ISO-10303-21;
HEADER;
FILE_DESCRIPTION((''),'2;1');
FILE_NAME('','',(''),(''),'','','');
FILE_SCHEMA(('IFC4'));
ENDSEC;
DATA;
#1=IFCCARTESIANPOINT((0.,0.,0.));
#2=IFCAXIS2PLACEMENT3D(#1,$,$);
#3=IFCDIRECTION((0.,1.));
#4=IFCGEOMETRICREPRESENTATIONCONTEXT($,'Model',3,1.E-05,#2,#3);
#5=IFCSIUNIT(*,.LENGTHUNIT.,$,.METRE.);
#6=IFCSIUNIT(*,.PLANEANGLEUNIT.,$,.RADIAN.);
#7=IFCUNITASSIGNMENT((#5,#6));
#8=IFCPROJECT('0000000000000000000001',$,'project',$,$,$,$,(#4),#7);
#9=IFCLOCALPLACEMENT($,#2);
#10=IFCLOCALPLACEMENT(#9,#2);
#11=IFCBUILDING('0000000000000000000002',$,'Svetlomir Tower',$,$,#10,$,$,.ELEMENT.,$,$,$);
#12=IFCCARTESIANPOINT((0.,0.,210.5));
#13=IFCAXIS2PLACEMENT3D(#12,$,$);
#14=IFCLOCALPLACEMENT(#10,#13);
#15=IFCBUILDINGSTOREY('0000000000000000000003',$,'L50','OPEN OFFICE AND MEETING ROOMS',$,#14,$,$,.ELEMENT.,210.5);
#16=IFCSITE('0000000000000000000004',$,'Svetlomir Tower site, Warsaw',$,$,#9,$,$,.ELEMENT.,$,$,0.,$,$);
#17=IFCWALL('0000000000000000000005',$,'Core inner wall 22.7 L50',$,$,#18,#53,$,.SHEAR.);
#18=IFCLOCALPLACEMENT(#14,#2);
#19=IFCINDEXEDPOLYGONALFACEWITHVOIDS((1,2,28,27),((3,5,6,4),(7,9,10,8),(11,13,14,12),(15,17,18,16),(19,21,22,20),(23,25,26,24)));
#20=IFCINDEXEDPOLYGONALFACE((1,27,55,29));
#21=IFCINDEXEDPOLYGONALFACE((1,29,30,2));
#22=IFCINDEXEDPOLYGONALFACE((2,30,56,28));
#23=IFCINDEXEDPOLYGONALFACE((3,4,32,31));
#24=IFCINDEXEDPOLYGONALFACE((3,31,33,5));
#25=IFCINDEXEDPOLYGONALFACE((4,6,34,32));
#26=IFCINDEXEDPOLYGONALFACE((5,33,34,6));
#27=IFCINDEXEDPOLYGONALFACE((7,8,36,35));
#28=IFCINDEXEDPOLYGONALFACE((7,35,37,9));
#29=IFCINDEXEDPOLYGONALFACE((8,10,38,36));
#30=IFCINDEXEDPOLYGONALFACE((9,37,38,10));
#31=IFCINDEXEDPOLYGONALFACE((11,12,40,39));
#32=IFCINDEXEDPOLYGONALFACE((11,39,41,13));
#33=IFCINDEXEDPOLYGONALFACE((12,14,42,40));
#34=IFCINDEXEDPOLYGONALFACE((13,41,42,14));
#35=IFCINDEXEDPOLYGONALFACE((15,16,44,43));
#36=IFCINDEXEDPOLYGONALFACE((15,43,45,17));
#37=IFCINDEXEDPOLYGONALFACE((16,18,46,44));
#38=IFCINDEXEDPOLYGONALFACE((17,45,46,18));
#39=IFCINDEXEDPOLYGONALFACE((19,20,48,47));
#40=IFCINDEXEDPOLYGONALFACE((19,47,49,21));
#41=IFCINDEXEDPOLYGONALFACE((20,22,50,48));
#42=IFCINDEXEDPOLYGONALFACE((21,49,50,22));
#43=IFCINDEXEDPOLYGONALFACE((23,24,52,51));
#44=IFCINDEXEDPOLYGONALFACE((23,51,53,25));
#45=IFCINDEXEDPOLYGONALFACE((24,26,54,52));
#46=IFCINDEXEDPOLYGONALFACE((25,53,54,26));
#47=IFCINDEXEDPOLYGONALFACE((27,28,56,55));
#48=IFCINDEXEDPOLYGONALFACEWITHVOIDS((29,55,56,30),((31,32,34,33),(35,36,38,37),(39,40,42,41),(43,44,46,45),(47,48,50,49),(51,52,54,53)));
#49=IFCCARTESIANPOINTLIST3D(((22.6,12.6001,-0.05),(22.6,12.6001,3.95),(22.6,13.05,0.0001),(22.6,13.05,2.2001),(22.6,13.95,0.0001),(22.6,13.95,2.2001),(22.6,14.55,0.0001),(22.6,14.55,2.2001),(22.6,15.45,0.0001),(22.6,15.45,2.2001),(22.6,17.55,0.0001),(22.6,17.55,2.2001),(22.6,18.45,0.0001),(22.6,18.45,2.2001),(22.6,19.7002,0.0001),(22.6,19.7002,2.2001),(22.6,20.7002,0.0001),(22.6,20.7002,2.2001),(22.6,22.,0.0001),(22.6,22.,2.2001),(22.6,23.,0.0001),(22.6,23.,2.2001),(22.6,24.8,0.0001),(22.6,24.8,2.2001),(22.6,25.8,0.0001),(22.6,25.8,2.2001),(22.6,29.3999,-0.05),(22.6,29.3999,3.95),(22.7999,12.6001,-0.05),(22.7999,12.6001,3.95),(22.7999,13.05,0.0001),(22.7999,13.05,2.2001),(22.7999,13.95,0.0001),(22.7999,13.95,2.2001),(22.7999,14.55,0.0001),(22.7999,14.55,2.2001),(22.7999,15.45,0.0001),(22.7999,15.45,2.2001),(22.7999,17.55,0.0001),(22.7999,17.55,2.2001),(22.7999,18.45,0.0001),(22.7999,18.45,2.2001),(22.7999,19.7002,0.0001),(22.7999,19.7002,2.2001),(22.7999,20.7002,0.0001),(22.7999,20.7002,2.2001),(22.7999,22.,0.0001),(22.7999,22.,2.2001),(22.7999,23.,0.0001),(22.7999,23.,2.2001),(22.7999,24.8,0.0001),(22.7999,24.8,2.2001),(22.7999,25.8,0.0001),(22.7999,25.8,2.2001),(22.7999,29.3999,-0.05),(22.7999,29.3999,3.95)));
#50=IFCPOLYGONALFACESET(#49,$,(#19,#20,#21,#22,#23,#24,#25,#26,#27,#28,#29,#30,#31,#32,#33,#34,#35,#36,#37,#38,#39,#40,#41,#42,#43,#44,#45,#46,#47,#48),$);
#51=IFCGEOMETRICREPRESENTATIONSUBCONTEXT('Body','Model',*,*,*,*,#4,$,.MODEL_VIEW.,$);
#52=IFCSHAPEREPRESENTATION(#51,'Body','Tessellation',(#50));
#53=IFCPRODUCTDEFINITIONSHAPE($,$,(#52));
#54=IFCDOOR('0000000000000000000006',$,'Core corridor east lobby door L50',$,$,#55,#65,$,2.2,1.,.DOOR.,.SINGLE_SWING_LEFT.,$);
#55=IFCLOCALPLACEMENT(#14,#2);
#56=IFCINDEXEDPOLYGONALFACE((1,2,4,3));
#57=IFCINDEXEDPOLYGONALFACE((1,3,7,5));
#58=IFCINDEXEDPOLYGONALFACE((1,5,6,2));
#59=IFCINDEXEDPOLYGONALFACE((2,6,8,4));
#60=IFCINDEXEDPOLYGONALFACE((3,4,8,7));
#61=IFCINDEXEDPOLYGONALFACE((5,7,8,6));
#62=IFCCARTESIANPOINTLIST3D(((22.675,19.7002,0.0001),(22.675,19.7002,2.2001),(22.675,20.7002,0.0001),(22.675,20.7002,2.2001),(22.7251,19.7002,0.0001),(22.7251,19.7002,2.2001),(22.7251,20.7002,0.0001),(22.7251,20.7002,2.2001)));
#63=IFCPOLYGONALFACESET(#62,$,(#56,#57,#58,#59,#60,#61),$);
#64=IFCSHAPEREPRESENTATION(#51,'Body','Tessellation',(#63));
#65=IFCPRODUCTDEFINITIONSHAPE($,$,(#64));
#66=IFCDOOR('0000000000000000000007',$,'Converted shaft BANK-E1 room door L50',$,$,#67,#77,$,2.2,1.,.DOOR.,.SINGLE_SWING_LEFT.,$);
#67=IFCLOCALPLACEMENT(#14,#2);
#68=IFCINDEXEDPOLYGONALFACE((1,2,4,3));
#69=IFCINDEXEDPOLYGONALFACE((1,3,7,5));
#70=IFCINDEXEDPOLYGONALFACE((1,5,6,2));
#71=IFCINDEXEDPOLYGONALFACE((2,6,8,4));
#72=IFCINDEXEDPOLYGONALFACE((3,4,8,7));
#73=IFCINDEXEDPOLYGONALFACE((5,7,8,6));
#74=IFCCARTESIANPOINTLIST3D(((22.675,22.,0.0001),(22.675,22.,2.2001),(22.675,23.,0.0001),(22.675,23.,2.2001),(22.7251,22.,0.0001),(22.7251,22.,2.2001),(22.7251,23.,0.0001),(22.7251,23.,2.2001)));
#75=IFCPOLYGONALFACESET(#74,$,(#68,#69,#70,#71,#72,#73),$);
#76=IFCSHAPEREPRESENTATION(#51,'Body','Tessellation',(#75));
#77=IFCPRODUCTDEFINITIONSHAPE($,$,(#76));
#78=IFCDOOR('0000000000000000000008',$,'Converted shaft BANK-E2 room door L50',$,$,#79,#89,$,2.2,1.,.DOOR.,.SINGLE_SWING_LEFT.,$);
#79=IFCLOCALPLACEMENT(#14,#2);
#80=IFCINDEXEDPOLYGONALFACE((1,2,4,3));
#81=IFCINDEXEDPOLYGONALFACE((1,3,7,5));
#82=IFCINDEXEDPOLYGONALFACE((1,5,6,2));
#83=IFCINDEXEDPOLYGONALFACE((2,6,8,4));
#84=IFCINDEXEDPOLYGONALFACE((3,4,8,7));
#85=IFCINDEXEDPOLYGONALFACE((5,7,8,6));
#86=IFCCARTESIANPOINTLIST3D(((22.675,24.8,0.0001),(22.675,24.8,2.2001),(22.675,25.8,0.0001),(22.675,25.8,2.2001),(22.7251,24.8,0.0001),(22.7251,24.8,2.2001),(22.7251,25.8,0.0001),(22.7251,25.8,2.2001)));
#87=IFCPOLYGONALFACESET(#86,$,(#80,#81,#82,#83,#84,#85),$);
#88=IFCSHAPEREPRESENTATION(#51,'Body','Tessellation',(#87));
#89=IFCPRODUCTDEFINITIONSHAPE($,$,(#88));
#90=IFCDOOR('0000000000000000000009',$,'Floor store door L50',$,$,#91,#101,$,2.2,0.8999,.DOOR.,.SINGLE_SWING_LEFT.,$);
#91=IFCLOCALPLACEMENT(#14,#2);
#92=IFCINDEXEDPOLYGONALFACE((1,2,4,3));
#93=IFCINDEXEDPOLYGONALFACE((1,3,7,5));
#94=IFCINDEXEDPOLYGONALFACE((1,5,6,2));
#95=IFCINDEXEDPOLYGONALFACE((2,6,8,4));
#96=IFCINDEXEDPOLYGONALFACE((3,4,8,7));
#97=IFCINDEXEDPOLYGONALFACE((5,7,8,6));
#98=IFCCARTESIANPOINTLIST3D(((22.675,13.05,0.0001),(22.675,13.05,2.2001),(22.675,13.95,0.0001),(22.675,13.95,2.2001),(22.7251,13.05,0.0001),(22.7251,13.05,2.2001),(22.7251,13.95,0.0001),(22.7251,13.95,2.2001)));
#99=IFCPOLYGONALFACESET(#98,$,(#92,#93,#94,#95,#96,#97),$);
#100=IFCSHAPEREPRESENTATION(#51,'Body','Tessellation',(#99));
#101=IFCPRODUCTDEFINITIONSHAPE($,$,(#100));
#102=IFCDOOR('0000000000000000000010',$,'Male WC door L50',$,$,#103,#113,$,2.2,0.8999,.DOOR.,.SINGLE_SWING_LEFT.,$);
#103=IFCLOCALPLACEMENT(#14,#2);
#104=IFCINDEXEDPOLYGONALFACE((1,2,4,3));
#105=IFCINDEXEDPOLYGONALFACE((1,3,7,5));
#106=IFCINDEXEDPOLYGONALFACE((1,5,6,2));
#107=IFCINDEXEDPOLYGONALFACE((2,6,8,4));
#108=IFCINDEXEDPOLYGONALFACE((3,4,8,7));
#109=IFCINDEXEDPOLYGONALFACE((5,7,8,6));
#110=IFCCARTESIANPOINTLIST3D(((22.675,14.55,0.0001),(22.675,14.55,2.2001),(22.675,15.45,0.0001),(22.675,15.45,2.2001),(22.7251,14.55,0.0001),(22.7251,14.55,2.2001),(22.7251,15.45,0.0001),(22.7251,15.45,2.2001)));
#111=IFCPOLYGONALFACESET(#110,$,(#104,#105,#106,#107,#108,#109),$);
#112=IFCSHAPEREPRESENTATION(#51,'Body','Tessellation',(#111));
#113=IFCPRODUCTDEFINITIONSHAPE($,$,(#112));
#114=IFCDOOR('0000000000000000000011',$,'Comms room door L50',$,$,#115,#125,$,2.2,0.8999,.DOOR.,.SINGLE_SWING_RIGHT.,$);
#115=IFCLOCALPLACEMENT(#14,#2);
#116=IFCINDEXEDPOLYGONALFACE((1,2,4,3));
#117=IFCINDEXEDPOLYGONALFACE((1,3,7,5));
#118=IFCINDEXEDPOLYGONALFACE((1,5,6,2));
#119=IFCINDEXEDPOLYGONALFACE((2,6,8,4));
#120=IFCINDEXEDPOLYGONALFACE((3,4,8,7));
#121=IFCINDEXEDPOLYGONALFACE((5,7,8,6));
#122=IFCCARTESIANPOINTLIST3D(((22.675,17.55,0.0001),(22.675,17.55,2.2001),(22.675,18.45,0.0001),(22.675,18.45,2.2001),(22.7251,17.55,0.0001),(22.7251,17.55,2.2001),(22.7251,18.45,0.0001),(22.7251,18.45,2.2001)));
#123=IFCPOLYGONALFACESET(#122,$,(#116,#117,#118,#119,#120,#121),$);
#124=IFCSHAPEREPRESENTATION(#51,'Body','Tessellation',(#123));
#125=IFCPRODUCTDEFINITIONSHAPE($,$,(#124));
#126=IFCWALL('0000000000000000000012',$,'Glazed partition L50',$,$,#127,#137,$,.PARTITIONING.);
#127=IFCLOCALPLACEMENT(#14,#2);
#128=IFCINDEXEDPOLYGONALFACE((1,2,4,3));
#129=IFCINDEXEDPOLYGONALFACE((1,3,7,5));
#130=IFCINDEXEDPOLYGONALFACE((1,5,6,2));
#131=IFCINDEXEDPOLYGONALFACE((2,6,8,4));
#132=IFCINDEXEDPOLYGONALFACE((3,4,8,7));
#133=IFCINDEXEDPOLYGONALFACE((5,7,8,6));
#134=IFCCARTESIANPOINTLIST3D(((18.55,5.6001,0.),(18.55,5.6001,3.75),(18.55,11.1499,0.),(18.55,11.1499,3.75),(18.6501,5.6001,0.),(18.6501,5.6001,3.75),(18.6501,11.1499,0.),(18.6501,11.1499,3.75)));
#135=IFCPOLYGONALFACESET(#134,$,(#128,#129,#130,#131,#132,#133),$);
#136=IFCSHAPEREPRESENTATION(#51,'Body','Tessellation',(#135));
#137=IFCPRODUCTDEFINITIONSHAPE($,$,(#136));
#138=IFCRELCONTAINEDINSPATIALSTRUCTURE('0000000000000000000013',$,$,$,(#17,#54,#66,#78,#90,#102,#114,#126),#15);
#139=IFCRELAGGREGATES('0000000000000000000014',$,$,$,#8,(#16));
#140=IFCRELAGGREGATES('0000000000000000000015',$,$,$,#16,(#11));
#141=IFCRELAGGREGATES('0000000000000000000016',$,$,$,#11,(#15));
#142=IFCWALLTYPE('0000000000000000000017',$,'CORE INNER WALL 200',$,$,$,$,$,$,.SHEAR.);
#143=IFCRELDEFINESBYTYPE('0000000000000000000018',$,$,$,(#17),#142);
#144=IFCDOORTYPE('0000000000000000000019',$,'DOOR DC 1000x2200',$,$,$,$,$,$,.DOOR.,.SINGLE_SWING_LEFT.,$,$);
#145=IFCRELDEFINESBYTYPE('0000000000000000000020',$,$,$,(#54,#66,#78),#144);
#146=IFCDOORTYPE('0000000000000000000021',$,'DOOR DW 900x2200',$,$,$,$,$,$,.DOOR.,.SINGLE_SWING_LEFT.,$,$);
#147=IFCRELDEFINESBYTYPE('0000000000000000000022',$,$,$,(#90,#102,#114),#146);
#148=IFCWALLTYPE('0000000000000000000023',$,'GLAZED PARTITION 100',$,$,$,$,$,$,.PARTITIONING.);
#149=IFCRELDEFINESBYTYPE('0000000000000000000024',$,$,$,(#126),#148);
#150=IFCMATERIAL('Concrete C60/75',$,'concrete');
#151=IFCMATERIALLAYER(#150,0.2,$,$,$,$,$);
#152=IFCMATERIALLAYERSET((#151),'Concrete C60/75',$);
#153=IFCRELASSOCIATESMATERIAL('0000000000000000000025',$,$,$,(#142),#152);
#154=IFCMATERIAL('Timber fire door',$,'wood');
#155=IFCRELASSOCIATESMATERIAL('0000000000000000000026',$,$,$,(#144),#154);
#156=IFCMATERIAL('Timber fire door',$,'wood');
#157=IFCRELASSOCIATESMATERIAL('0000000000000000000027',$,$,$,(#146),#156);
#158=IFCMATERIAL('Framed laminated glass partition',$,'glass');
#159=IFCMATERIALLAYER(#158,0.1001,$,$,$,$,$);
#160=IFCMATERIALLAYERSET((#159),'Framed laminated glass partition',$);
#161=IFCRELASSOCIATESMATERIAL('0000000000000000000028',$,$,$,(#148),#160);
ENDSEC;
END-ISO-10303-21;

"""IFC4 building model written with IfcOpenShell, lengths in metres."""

from ifc_helpers import new_model, si_unit, direction, frame, frame_2d, origin, place, context, subcontext, project, spatial, rectangle, extrude, material, layer, layer_set, type_object, element, fill, save


model = new_model("IFC4")

# Units and contexts
model_context = context("Model", 3, precision=1e-05, world=origin(), true_north=direction((0.0, 1.0)))
body_context = subcontext(model_context, "Body", "Model", "MODEL_VIEW")
ifc_project = project(units=[si_unit("LENGTHUNIT", "METRE"), si_unit("PLANEANGLEUNIT", "RADIAN")], contexts=[model_context])

# Site, building, storey
site_placement = place(None, origin())
site = spatial("IfcSite", under=ifc_project, at=site_placement, Name="Svetlomir Tower site, Warsaw", CompositionType="ELEMENT", RefElevation=0.0)
building_placement = place(site_placement, origin())
building = spatial("IfcBuilding", under=site, at=building_placement, Name="Svetlomir Tower", CompositionType="ELEMENT")
storey_placement = place(building_placement, frame((0.0, 0.0, 210.5)))
storey = spatial("IfcBuildingStorey", under=building, at=storey_placement, Name="L50", Description="OPEN OFFICE AND MEETING ROOMS", CompositionType="ELEMENT", Elevation=210.5)

# Shared definitions
ifc_material_1 = material(Name="Concrete C60/75", Category="concrete")
ifc_layer_1 = layer(ifc_material_1, 0.2)
ifc_layer_set_1 = layer_set([ifc_layer_1], Name="Concrete C60/75")
wall_type_1 = type_object("IfcWallType", Name="CORE INNER WALL 200", PredefinedType="SHEAR", material=ifc_layer_set_1)

# Wall, openings, doors
ifc_material_2 = material(Name="Timber fire door", Category="wood")
door_type_1 = type_object("IfcDoorType", Name="DOOR DC 1000x2200", OperationType="SINGLE_SWING_LEFT", PredefinedType="DOOR", material=ifc_material_2)
ifc_material_3 = material(Name="Timber fire door", Category="wood")
door_type_2 = type_object("IfcDoorType", Name="DOOR DW 900x2200", OperationType="SINGLE_SWING_LEFT", PredefinedType="DOOR", material=ifc_material_3)
wall_1_placement = place(storey_placement, frame((22.7, 12.6001, -0.05), z_axis=(0.0, 0.0, 1.0), x_axis=(0.0, 1.0, 0.0)))
wall_1 = element("IfcWall", 1, at=wall_1_placement, inside=storey, type_object=wall_type_1, Name="Core inner wall 22.7 L50", PredefinedType="SHEAR", context=body_context, shape_type="SweptSolid", body=[
    extrude(rectangle(XDim=16.7998, YDim=0.2, at=frame_2d((8.3999, 0.0))), origin(), (0.0, 0.0, 1.0), 4.0),
])
opening_1_placement = place(wall_1_placement, frame((0.45, 0.0, 0.05)))
opening_1 = element("IfcOpeningElement", 2, at=opening_1_placement, cuts=wall_1, PredefinedType="OPENING", context=body_context, shape_type="SweptSolid", body=[
    extrude(rectangle(XDim=0.8999, YDim=2.2, at=frame_2d((0.45, 1.1001))), frame((0.0, 0.1099, 0.0), z_axis=(0.0, -1.0, 0.0), x_axis=(1.0, 0.0, 0.0)), (0.0, 0.0, 1.0), 0.22),
])
opening_2_placement = place(wall_1_placement, frame((7.1001, 0.0, 0.05)))
opening_2 = element("IfcOpeningElement", 3, at=opening_2_placement, cuts=wall_1, PredefinedType="OPENING", context=body_context, shape_type="SweptSolid", body=[
    extrude(rectangle(XDim=1.0, YDim=2.2, at=frame_2d((0.5, 1.1001))), frame((0.0, 0.1099, 0.0), z_axis=(0.0, -1.0, 0.0), x_axis=(1.0, 0.0, 0.0)), (0.0, 0.0, 1.0), 0.22),
])
opening_3_placement = place(wall_1_placement, frame((1.95, 0.0, 0.05)))
opening_3 = element("IfcOpeningElement", 4, at=opening_3_placement, cuts=wall_1, PredefinedType="OPENING", context=body_context, shape_type="SweptSolid", body=[
    extrude(rectangle(XDim=0.8999, YDim=2.2, at=frame_2d((0.45, 1.1001))), frame((0.0, 0.1099, 0.0), z_axis=(0.0, -1.0, 0.0), x_axis=(1.0, 0.0, 0.0)), (0.0, 0.0, 1.0), 0.22),
])
opening_4_placement = place(wall_1_placement, frame((4.95, 0.0, 0.05)))
opening_4 = element("IfcOpeningElement", 5, at=opening_4_placement, cuts=wall_1, PredefinedType="OPENING", context=body_context, shape_type="SweptSolid", body=[
    extrude(rectangle(XDim=0.8999, YDim=2.2, at=frame_2d((0.45, 1.1001))), frame((0.0, 0.1099, 0.0), z_axis=(0.0, -1.0, 0.0), x_axis=(1.0, 0.0, 0.0)), (0.0, 0.0, 1.0), 0.22),
])
opening_5_placement = place(wall_1_placement, frame((9.3999, 0.0, 0.05)))
opening_5 = element("IfcOpeningElement", 6, at=opening_5_placement, cuts=wall_1, PredefinedType="OPENING", context=body_context, shape_type="SweptSolid", body=[
    extrude(rectangle(XDim=1.0, YDim=2.2, at=frame_2d((0.5, 1.1001))), frame((0.0, 0.1099, 0.0), z_axis=(0.0, -1.0, 0.0), x_axis=(1.0, 0.0, 0.0)), (0.0, 0.0, 1.0), 0.22),
])
opening_6_placement = place(wall_1_placement, frame((12.2, 0.0, 0.05)))
opening_6 = element("IfcOpeningElement", 7, at=opening_6_placement, cuts=wall_1, PredefinedType="OPENING", context=body_context, shape_type="SweptSolid", body=[
    extrude(rectangle(XDim=1.0, YDim=2.2, at=frame_2d((0.5, 1.1001))), frame((0.0, 0.1099, 0.0), z_axis=(0.0, -1.0, 0.0), x_axis=(1.0, 0.0, 0.0)), (0.0, 0.0, 1.0), 0.22),
])
door_1_placement = place(opening_2_placement, origin())
door_1 = element("IfcDoor", 8, at=door_1_placement, inside=storey, type_object=door_type_1, Name="Core corridor east lobby door L50", OperationType="SINGLE_SWING_LEFT", OverallHeight=2.2, OverallWidth=1.0, PredefinedType="DOOR", context=body_context, shape_type="SweptSolid", body=[
    extrude(rectangle(XDim=1.0, YDim=2.2, at=frame_2d((0.5, 1.1001))), frame((0.0, 0.0249, 0.0), z_axis=(0.0, -1.0, 0.0), x_axis=(1.0, 0.0, 0.0)), (0.0, 0.0, 1.0), 0.05),
])
fill(opening_2, door_1)
door_2_placement = place(opening_5_placement, origin())
door_2 = element("IfcDoor", 9, at=door_2_placement, inside=storey, type_object=door_type_1, Name="Converted shaft BANK-E1 room door L50", OperationType="SINGLE_SWING_LEFT", OverallHeight=2.2, OverallWidth=1.0, PredefinedType="DOOR", context=body_context, shape_type="SweptSolid", body=[
    extrude(rectangle(XDim=1.0, YDim=2.2, at=frame_2d((0.5, 1.1001))), frame((0.0, 0.0249, 0.0), z_axis=(0.0, -1.0, 0.0), x_axis=(1.0, 0.0, 0.0)), (0.0, 0.0, 1.0), 0.05),
])
fill(opening_5, door_2)
door_3_placement = place(opening_6_placement, origin())
door_3 = element("IfcDoor", 10, at=door_3_placement, inside=storey, type_object=door_type_1, Name="Converted shaft BANK-E2 room door L50", OperationType="SINGLE_SWING_LEFT", OverallHeight=2.2, OverallWidth=1.0, PredefinedType="DOOR", context=body_context, shape_type="SweptSolid", body=[
    extrude(rectangle(XDim=1.0, YDim=2.2, at=frame_2d((0.5, 1.1001))), frame((0.0, 0.0249, 0.0), z_axis=(0.0, -1.0, 0.0), x_axis=(1.0, 0.0, 0.0)), (0.0, 0.0, 1.0), 0.05),
])
fill(opening_6, door_3)
door_4_placement = place(opening_1_placement, origin())
door_4 = element("IfcDoor", 11, at=door_4_placement, inside=storey, type_object=door_type_2, Name="Floor store door L50", OperationType="SINGLE_SWING_LEFT", OverallHeight=2.2, OverallWidth=0.8999, PredefinedType="DOOR", context=body_context, shape_type="SweptSolid", body=[
    extrude(rectangle(XDim=0.8999, YDim=2.2, at=frame_2d((0.45, 1.1001))), frame((0.0, 0.0249, 0.0), z_axis=(0.0, -1.0, 0.0), x_axis=(1.0, 0.0, 0.0)), (0.0, 0.0, 1.0), 0.05),
])
fill(opening_1, door_4)
door_5_placement = place(opening_3_placement, origin())
door_5 = element("IfcDoor", 12, at=door_5_placement, inside=storey, type_object=door_type_2, Name="Male WC door L50", OperationType="SINGLE_SWING_LEFT", OverallHeight=2.2, OverallWidth=0.8999, PredefinedType="DOOR", context=body_context, shape_type="SweptSolid", body=[
    extrude(rectangle(XDim=0.8999, YDim=2.2, at=frame_2d((0.45, 1.1001))), frame((0.0, 0.0249, 0.0), z_axis=(0.0, -1.0, 0.0), x_axis=(1.0, 0.0, 0.0)), (0.0, 0.0, 1.0), 0.05),
])
fill(opening_3, door_5)
door_6_placement = place(opening_4_placement, origin())
door_6 = element("IfcDoor", 13, at=door_6_placement, inside=storey, type_object=door_type_2, Name="Comms room door L50", OperationType="SINGLE_SWING_RIGHT", OverallHeight=2.2, OverallWidth=0.8999, PredefinedType="DOOR", context=body_context, shape_type="SweptSolid", body=[
    extrude(rectangle(XDim=0.8999, YDim=2.2, at=frame_2d((0.45, 1.1001))), frame((0.0, 0.0249, 0.0), z_axis=(0.0, -1.0, 0.0), x_axis=(1.0, 0.0, 0.0)), (0.0, 0.0, 1.0), 0.05),
])
fill(opening_4, door_6)

# Wall
ifc_material_4 = material(Name="Framed laminated glass partition", Category="glass")
ifc_layer_2 = layer(ifc_material_4, 0.1001)
ifc_layer_set_2 = layer_set([ifc_layer_2], Name="Framed laminated glass partition")
wall_type_2 = type_object("IfcWallType", Name="GLAZED PARTITION 100", PredefinedType="PARTITIONING", material=ifc_layer_set_2)
wall_2_placement = place(storey_placement, frame((18.6001, 5.6001, 0.0), z_axis=(0.0, 0.0, 1.0), x_axis=(0.0, 1.0, 0.0)))
element("IfcWall", 14, at=wall_2_placement, inside=storey, type_object=wall_type_2, Name="Glazed partition L50", PredefinedType="PARTITIONING", context=body_context, shape_type="SweptSolid", body=[
    extrude(rectangle(XDim=5.5498, YDim=0.1001, at=frame_2d((2.7749, 0.0))), origin(), (0.0, 0.0, 1.0), 3.75),
])

save(model, "model.ifc")
